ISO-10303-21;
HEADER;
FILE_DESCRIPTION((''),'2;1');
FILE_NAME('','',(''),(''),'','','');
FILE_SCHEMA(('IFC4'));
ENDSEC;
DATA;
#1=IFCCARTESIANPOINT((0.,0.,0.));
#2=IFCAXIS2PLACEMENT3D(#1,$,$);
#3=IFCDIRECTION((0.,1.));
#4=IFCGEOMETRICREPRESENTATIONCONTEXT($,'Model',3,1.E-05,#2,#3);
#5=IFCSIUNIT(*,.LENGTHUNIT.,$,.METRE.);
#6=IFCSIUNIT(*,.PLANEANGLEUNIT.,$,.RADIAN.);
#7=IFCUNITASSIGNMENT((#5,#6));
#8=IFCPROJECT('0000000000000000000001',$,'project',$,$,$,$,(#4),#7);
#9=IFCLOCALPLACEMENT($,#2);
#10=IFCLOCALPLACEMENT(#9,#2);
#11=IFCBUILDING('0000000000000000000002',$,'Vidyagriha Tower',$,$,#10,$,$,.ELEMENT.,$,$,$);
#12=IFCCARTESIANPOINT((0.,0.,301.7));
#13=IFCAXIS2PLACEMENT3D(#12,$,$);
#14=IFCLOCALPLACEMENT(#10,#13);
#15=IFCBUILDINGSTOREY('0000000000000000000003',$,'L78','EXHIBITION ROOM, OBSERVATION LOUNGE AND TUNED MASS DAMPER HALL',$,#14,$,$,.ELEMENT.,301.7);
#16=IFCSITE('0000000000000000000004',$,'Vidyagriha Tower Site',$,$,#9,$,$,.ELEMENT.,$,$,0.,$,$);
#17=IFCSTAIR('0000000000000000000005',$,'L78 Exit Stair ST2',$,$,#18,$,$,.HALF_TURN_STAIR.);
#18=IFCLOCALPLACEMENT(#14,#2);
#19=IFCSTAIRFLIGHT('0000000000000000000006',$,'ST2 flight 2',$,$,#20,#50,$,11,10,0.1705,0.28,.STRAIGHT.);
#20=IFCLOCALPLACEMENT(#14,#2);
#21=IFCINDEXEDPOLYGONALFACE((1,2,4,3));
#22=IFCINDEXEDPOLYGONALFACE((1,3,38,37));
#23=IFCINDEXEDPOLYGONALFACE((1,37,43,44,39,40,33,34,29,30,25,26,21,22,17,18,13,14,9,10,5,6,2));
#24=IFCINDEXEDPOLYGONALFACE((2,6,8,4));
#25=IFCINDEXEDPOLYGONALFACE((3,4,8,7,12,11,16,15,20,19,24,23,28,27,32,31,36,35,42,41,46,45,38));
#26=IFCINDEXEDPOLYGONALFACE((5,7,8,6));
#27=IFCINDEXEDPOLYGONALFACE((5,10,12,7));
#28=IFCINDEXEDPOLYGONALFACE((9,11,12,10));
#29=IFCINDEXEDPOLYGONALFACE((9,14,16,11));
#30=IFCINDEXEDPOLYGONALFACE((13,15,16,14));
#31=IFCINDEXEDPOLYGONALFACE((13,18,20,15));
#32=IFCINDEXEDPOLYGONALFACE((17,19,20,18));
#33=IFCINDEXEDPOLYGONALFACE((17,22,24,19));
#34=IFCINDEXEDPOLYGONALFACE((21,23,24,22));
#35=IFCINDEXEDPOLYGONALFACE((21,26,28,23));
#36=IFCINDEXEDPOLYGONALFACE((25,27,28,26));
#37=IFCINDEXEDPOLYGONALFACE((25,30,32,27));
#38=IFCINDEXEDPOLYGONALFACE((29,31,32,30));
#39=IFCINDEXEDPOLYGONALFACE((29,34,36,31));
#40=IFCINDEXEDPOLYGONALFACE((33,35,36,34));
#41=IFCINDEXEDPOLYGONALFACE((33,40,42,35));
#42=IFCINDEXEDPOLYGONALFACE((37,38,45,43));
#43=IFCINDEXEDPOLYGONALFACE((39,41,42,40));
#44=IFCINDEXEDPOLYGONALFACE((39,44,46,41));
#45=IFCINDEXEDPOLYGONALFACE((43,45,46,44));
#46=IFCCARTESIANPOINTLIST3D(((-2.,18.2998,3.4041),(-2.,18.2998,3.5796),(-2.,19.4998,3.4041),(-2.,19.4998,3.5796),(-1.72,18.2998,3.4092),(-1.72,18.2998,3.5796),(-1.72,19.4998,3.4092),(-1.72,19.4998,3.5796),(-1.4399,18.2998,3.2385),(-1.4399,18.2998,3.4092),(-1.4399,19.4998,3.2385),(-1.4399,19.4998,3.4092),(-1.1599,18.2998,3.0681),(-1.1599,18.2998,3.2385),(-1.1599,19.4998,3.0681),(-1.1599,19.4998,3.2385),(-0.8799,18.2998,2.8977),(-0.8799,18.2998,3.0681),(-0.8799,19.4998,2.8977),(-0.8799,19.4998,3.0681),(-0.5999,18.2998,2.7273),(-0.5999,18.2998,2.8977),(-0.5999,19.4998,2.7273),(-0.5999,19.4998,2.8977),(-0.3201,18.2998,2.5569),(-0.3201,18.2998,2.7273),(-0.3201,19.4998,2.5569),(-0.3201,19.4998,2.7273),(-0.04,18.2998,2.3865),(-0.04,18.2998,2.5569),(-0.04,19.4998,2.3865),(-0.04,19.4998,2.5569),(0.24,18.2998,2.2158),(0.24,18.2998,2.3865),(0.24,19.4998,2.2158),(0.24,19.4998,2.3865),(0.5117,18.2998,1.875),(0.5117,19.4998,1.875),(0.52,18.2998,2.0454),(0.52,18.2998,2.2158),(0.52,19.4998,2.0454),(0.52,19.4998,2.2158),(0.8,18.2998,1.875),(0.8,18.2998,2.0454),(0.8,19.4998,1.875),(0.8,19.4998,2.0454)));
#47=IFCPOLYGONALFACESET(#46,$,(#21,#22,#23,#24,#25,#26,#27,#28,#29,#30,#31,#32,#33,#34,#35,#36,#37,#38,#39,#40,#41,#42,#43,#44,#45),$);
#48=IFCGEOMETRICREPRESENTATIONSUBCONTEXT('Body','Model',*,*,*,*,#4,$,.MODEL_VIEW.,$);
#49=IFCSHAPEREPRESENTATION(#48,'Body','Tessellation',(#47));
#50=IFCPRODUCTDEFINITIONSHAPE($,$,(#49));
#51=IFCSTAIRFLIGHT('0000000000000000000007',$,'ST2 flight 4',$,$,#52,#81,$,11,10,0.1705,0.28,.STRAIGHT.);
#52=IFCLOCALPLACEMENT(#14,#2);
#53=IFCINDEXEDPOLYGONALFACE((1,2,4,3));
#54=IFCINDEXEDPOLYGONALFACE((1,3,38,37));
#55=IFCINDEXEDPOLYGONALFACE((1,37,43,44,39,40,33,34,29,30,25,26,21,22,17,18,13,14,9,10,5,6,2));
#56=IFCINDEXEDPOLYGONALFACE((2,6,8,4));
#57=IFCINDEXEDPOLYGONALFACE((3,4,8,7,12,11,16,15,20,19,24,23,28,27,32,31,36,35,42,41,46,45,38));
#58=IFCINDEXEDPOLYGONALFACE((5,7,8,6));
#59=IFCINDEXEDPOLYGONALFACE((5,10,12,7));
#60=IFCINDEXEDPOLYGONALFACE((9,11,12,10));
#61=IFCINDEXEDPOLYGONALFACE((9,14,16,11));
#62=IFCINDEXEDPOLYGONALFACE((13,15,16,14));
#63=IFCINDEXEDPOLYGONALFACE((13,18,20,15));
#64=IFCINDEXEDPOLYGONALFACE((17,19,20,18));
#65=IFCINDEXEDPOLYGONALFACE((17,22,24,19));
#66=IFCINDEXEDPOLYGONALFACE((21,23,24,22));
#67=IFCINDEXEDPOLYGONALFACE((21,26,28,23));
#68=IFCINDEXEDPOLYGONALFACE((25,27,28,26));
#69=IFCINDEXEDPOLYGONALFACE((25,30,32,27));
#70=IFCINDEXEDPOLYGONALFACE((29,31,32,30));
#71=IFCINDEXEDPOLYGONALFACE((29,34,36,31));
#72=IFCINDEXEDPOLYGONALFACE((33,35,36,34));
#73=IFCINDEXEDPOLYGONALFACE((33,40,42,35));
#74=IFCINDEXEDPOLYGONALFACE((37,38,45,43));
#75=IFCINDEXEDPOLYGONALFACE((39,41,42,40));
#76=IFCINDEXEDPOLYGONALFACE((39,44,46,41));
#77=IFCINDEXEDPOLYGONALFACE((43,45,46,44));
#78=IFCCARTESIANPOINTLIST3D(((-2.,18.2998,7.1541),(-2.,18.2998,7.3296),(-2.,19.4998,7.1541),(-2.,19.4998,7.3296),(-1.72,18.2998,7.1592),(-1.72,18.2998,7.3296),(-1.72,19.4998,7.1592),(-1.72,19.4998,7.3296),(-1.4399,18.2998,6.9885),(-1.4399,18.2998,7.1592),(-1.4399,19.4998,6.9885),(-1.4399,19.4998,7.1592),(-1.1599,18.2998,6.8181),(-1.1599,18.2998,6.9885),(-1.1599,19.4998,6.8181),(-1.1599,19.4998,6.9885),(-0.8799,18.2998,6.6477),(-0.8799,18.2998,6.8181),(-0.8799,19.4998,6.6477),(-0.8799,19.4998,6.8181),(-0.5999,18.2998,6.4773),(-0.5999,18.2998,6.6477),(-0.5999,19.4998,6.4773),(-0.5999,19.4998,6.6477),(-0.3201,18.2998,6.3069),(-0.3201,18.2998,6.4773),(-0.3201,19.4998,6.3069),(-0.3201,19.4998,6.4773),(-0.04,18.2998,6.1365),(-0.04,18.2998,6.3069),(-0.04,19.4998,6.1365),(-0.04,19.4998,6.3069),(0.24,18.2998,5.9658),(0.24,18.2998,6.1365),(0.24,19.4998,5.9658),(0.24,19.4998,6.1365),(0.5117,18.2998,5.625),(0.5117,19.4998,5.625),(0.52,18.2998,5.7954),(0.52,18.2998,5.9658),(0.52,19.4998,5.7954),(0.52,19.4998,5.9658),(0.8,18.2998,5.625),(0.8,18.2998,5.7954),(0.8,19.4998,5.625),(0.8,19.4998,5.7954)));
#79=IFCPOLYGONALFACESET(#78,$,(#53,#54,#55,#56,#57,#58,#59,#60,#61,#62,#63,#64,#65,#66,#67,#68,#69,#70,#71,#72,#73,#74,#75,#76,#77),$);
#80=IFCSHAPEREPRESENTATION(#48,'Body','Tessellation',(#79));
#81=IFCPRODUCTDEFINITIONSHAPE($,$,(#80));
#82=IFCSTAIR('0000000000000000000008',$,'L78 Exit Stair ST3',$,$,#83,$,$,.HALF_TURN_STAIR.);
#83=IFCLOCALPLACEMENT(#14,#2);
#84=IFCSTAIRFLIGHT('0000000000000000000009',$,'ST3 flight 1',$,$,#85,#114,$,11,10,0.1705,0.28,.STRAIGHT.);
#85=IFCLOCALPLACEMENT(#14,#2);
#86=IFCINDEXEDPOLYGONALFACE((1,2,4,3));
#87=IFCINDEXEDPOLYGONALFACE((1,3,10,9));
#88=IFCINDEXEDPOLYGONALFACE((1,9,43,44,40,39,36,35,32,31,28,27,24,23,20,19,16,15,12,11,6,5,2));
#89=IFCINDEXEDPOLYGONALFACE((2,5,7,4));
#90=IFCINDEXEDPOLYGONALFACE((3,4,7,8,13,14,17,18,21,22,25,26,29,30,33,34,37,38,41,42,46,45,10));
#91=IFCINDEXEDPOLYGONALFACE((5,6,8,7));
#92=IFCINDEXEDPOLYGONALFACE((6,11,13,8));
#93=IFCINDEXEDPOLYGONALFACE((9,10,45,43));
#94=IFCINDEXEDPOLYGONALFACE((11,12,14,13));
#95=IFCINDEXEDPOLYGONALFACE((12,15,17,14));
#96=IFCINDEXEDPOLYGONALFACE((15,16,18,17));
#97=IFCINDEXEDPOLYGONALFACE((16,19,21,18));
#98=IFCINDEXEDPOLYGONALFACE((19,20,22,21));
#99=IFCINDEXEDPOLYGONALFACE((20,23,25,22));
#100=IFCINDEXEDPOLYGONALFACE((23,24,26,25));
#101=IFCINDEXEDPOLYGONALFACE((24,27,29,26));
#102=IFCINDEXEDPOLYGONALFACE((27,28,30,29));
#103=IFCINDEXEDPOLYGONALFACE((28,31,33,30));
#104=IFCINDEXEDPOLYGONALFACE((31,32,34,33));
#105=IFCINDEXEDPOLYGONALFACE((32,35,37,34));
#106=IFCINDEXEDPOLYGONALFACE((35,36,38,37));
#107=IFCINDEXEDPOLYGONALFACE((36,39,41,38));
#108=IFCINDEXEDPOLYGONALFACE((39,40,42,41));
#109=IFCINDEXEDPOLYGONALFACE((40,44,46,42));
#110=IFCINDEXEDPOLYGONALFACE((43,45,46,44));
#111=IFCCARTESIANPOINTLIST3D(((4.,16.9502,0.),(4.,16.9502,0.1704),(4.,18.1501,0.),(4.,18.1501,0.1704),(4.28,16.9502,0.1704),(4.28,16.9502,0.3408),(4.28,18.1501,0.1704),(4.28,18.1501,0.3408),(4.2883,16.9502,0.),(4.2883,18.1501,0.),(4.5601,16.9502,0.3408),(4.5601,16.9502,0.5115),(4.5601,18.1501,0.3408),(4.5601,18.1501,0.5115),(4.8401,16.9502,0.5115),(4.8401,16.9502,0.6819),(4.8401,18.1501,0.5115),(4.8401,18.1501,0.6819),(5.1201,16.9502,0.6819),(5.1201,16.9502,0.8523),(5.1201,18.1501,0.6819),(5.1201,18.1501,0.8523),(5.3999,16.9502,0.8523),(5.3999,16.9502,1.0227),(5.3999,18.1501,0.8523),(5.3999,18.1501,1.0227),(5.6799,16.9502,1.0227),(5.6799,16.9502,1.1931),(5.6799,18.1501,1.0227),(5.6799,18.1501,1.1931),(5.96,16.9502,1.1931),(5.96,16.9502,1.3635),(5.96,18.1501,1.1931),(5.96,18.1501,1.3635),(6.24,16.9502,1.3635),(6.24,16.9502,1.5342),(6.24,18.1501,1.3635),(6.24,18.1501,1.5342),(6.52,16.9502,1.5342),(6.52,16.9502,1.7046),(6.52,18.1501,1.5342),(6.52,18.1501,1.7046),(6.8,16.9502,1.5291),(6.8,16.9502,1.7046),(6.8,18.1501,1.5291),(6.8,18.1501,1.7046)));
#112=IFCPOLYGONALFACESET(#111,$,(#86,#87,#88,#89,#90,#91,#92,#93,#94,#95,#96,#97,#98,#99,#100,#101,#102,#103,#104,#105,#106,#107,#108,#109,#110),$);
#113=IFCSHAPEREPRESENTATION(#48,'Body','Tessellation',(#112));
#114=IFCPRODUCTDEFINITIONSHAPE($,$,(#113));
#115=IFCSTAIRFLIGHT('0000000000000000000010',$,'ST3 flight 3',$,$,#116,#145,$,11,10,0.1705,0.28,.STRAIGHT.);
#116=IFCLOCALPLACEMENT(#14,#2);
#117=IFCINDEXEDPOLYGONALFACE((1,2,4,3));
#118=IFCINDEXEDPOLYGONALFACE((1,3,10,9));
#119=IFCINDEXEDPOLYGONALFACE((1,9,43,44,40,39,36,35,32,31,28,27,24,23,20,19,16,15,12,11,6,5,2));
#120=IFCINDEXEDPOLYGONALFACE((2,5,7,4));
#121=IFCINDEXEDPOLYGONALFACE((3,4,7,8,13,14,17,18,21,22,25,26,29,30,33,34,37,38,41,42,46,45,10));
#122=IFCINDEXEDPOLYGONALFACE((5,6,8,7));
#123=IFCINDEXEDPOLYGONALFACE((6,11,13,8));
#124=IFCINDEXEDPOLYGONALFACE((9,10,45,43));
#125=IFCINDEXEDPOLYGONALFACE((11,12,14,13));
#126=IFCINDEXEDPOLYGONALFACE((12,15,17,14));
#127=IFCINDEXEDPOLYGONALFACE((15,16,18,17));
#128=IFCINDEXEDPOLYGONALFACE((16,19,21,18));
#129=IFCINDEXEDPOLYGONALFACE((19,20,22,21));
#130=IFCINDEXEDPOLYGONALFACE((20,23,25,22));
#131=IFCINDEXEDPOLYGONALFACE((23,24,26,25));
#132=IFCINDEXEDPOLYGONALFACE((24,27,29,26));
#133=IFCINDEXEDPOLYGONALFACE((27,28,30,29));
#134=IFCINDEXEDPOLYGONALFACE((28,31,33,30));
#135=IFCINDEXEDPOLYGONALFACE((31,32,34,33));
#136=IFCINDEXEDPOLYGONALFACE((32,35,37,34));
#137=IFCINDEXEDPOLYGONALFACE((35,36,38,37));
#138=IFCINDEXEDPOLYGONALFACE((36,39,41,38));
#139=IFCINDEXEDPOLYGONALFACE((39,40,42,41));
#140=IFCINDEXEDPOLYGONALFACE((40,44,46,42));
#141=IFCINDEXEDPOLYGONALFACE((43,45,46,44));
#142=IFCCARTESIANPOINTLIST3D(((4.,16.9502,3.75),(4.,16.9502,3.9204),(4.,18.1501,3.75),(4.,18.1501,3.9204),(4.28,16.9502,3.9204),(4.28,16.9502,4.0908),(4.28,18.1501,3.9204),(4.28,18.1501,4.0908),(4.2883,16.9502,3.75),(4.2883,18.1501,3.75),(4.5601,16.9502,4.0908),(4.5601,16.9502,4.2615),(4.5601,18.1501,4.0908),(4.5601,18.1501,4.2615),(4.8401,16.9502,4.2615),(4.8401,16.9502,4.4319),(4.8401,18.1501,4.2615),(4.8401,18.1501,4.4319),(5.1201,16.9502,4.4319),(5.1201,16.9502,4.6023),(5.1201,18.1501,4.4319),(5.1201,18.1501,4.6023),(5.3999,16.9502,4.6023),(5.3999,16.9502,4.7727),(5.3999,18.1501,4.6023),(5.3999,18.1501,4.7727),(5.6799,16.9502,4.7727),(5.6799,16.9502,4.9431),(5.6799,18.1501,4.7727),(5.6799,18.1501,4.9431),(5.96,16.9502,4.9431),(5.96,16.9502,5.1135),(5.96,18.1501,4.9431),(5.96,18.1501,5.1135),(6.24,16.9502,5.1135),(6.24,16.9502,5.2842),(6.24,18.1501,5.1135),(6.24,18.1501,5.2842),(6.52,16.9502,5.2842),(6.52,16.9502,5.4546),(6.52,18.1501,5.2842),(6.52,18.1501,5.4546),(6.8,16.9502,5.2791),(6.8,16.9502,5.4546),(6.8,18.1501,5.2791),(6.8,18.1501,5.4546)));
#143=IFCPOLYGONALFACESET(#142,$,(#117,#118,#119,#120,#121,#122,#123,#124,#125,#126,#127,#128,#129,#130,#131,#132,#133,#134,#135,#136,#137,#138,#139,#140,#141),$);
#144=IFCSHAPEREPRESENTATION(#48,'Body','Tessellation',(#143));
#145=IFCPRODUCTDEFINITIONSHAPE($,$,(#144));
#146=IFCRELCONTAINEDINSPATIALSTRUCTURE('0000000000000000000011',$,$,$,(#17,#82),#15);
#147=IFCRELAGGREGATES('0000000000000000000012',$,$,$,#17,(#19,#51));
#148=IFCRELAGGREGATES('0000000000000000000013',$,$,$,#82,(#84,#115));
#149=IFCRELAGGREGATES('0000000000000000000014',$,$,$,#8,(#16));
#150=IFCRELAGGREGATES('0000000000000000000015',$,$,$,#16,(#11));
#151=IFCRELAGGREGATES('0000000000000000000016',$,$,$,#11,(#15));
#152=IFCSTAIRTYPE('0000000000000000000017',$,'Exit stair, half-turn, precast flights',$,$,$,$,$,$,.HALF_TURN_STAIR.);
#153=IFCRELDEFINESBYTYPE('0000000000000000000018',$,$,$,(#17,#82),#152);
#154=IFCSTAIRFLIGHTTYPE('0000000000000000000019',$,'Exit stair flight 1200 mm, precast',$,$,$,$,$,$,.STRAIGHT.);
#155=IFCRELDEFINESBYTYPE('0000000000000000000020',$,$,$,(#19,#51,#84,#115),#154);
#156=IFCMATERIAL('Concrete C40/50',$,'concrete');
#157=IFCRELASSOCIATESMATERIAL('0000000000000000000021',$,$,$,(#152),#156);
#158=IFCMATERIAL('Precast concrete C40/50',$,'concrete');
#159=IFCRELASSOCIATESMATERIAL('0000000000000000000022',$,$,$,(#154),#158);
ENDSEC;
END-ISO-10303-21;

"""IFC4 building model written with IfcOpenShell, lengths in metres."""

from ifc_helpers import new_model, si_unit, direction, frame, origin, place, context, subcontext, project, spatial, polyline, outline, extrude, material, type_object, element, aggregate, save


model = new_model("IFC4")

# Units and contexts
model_context = context("Model", 3, precision=1e-05, world=origin(), true_north=direction((0.0, 1.0)))
body_context = subcontext(model_context, "Body", "Model", "MODEL_VIEW")
ifc_project = project(units=[si_unit("LENGTHUNIT", "METRE"), si_unit("PLANEANGLEUNIT", "RADIAN")], contexts=[model_context])

# Site, building, storey
site_placement = place(None, origin())
site = spatial("IfcSite", under=ifc_project, at=site_placement, Name="Vidyagriha Tower Site", CompositionType="ELEMENT", RefElevation=0.0)
building_placement = place(site_placement, origin())
building = spatial("IfcBuilding", under=site, at=building_placement, Name="Vidyagriha Tower", CompositionType="ELEMENT")
storey_placement = place(building_placement, frame((0.0, 0.0, 301.7)))
storey = spatial("IfcBuildingStorey", under=building, at=storey_placement, Name="L78", Description="EXHIBITION ROOM, OBSERVATION LOUNGE AND TUNED MASS DAMPER HALL", CompositionType="ELEMENT", Elevation=301.7)

# Stairs, stair flights
ifc_material_1 = material(Name="Concrete C40/50", Category="concrete")
stair_type = type_object("IfcStairType", Name="Exit stair, half-turn, precast flights", PredefinedType="HALF_TURN_STAIR", material=ifc_material_1)
stair_1_placement = place(storey_placement, origin())
stair_1 = element("IfcStair", 1, at=stair_1_placement, inside=storey, type_object=stair_type, Name="L78 Exit Stair ST2", PredefinedType="HALF_TURN_STAIR")
ifc_material_2 = material(Name="Precast concrete C40/50", Category="concrete")
stair_flight_type = type_object("IfcStairFlightType", Name="Exit stair flight 1200 mm, precast", PredefinedType="STRAIGHT", material=ifc_material_2)
stair_flight_1_placement = place(storey_placement, frame((0.8, 18.8999, 1.875), z_axis=(0.0, 0.0, 1.0), x_axis=(-1.0, 0.0, 0.0)))
stair_flight_1 = element("IfcStairFlight", 2, at=stair_flight_1_placement, type_object=stair_flight_type, Name="ST2 flight 2", NumberOfRisers=11, NumberOfTreads=10, PredefinedType="STRAIGHT", RiserHeight=0.1705, TreadLength=0.28, context=body_context, shape_type="SweptSolid", body=[
    extrude(outline(polyline([(0.0, 0.0), (0.0, 0.1704), (0.28, 0.1704), (0.28, 0.3408), (0.5601, 0.3408), (0.5601, 0.5115), (0.8401, 0.5115), (0.8401, 0.6819), (1.1201, 0.6819), (1.1201, 0.8523), (1.3999, 0.8523), (1.3999, 1.0227), (1.6799, 1.0227), (1.6799, 1.1931), (1.96, 1.1931), (1.96, 1.3635), (2.24, 1.3635), (2.24, 1.5342), (2.52, 1.5342), (2.52, 1.7046), (2.8, 1.7046), (2.8, 1.875), (2.8, 1.5291), (0.2883, 0.0), (0.0, 0.0)])), frame((0.0, 0.6001, 0.0), z_axis=(0.0, -1.0, 0.0), x_axis=(1.0, 0.0, 0.0)), (0.0, 0.0, 1.0), 1.2),
])
stair_flight_2_placement = place(storey_placement, frame((0.8, 18.8999, 5.625), z_axis=(0.0, 0.0, 1.0), x_axis=(-1.0, 0.0, 0.0)))
stair_flight_2 = element("IfcStairFlight", 3, at=stair_flight_2_placement, type_object=stair_flight_type, Name="ST2 flight 4", NumberOfRisers=11, NumberOfTreads=10, PredefinedType="STRAIGHT", RiserHeight=0.1705, TreadLength=0.28, context=body_context, shape_type="SweptSolid", body=[
    extrude(outline(polyline([(0.0, 0.0), (0.0, 0.1704), (0.28, 0.1704), (0.28, 0.3408), (0.5601, 0.3408), (0.5601, 0.5115), (0.8401, 0.5115), (0.8401, 0.6819), (1.1201, 0.6819), (1.1201, 0.8523), (1.3999, 0.8523), (1.3999, 1.0227), (1.6799, 1.0227), (1.6799, 1.1931), (1.96, 1.1931), (1.96, 1.3635), (2.24, 1.3635), (2.24, 1.5342), (2.52, 1.5342), (2.52, 1.7046), (2.8, 1.7046), (2.8, 1.875), (2.8, 1.5291), (0.2883, 0.0), (0.0, 0.0)])), frame((0.0, 0.6001, 0.0), z_axis=(0.0, -1.0, 0.0), x_axis=(1.0, 0.0, 0.0)), (0.0, 0.0, 1.0), 1.2),
])
aggregate(stair_1, [stair_flight_1, stair_flight_2])
stair_2_placement = place(storey_placement, origin())
stair_2 = element("IfcStair", 4, at=stair_2_placement, inside=storey, type_object=stair_type, Name="L78 Exit Stair ST3", PredefinedType="HALF_TURN_STAIR")
stair_flight_3_placement = place(storey_placement, frame((4.0, 17.55, 0.0)))
stair_flight_3 = element("IfcStairFlight", 5, at=stair_flight_3_placement, type_object=stair_flight_type, Name="ST3 flight 1", NumberOfRisers=11, NumberOfTreads=10, PredefinedType="STRAIGHT", RiserHeight=0.1705, TreadLength=0.28, context=body_context, shape_type="SweptSolid", body=[
    extrude(outline(polyline([(0.0, 0.0), (0.0, 0.1704), (0.28, 0.1704), (0.28, 0.3408), (0.5601, 0.3408), (0.5601, 0.5115), (0.8401, 0.5115), (0.8401, 0.6819), (1.1201, 0.6819), (1.1201, 0.8523), (1.3999, 0.8523), (1.3999, 1.0227), (1.6799, 1.0227), (1.6799, 1.1931), (1.96, 1.1931), (1.96, 1.3635), (2.24, 1.3635), (2.24, 1.5342), (2.52, 1.5342), (2.52, 1.7046), (2.8, 1.7046), (2.8, 1.875), (2.8, 1.5291), (0.2883, 0.0), (0.0, 0.0)])), frame((0.0, 0.6001, 0.0), z_axis=(0.0, -1.0, 0.0), x_axis=(1.0, 0.0, 0.0)), (0.0, 0.0, 1.0), 1.2),
])
stair_flight_4_placement = place(storey_placement, frame((4.0, 17.55, 3.75)))
stair_flight_4 = element("IfcStairFlight", 6, at=stair_flight_4_placement, type_object=stair_flight_type, Name="ST3 flight 3", NumberOfRisers=11, NumberOfTreads=10, PredefinedType="STRAIGHT", RiserHeight=0.1705, TreadLength=0.28, context=body_context, shape_type="SweptSolid", body=[
    extrude(outline(polyline([(0.0, 0.0), (0.0, 0.1704), (0.28, 0.1704), (0.28, 0.3408), (0.5601, 0.3408), (0.5601, 0.5115), (0.8401, 0.5115), (0.8401, 0.6819), (1.1201, 0.6819), (1.1201, 0.8523), (1.3999, 0.8523), (1.3999, 1.0227), (1.6799, 1.0227), (1.6799, 1.1931), (1.96, 1.1931), (1.96, 1.3635), (2.24, 1.3635), (2.24, 1.5342), (2.52, 1.5342), (2.52, 1.7046), (2.8, 1.7046), (2.8, 1.875), (2.8, 1.5291), (0.2883, 0.0), (0.0, 0.0)])), frame((0.0, 0.6001, 0.0), z_axis=(0.0, -1.0, 0.0), x_axis=(1.0, 0.0, 0.0)), (0.0, 0.0, 1.0), 1.2),
])
aggregate(stair_2, [stair_flight_3, stair_flight_4])

save(model, "model.ifc")
